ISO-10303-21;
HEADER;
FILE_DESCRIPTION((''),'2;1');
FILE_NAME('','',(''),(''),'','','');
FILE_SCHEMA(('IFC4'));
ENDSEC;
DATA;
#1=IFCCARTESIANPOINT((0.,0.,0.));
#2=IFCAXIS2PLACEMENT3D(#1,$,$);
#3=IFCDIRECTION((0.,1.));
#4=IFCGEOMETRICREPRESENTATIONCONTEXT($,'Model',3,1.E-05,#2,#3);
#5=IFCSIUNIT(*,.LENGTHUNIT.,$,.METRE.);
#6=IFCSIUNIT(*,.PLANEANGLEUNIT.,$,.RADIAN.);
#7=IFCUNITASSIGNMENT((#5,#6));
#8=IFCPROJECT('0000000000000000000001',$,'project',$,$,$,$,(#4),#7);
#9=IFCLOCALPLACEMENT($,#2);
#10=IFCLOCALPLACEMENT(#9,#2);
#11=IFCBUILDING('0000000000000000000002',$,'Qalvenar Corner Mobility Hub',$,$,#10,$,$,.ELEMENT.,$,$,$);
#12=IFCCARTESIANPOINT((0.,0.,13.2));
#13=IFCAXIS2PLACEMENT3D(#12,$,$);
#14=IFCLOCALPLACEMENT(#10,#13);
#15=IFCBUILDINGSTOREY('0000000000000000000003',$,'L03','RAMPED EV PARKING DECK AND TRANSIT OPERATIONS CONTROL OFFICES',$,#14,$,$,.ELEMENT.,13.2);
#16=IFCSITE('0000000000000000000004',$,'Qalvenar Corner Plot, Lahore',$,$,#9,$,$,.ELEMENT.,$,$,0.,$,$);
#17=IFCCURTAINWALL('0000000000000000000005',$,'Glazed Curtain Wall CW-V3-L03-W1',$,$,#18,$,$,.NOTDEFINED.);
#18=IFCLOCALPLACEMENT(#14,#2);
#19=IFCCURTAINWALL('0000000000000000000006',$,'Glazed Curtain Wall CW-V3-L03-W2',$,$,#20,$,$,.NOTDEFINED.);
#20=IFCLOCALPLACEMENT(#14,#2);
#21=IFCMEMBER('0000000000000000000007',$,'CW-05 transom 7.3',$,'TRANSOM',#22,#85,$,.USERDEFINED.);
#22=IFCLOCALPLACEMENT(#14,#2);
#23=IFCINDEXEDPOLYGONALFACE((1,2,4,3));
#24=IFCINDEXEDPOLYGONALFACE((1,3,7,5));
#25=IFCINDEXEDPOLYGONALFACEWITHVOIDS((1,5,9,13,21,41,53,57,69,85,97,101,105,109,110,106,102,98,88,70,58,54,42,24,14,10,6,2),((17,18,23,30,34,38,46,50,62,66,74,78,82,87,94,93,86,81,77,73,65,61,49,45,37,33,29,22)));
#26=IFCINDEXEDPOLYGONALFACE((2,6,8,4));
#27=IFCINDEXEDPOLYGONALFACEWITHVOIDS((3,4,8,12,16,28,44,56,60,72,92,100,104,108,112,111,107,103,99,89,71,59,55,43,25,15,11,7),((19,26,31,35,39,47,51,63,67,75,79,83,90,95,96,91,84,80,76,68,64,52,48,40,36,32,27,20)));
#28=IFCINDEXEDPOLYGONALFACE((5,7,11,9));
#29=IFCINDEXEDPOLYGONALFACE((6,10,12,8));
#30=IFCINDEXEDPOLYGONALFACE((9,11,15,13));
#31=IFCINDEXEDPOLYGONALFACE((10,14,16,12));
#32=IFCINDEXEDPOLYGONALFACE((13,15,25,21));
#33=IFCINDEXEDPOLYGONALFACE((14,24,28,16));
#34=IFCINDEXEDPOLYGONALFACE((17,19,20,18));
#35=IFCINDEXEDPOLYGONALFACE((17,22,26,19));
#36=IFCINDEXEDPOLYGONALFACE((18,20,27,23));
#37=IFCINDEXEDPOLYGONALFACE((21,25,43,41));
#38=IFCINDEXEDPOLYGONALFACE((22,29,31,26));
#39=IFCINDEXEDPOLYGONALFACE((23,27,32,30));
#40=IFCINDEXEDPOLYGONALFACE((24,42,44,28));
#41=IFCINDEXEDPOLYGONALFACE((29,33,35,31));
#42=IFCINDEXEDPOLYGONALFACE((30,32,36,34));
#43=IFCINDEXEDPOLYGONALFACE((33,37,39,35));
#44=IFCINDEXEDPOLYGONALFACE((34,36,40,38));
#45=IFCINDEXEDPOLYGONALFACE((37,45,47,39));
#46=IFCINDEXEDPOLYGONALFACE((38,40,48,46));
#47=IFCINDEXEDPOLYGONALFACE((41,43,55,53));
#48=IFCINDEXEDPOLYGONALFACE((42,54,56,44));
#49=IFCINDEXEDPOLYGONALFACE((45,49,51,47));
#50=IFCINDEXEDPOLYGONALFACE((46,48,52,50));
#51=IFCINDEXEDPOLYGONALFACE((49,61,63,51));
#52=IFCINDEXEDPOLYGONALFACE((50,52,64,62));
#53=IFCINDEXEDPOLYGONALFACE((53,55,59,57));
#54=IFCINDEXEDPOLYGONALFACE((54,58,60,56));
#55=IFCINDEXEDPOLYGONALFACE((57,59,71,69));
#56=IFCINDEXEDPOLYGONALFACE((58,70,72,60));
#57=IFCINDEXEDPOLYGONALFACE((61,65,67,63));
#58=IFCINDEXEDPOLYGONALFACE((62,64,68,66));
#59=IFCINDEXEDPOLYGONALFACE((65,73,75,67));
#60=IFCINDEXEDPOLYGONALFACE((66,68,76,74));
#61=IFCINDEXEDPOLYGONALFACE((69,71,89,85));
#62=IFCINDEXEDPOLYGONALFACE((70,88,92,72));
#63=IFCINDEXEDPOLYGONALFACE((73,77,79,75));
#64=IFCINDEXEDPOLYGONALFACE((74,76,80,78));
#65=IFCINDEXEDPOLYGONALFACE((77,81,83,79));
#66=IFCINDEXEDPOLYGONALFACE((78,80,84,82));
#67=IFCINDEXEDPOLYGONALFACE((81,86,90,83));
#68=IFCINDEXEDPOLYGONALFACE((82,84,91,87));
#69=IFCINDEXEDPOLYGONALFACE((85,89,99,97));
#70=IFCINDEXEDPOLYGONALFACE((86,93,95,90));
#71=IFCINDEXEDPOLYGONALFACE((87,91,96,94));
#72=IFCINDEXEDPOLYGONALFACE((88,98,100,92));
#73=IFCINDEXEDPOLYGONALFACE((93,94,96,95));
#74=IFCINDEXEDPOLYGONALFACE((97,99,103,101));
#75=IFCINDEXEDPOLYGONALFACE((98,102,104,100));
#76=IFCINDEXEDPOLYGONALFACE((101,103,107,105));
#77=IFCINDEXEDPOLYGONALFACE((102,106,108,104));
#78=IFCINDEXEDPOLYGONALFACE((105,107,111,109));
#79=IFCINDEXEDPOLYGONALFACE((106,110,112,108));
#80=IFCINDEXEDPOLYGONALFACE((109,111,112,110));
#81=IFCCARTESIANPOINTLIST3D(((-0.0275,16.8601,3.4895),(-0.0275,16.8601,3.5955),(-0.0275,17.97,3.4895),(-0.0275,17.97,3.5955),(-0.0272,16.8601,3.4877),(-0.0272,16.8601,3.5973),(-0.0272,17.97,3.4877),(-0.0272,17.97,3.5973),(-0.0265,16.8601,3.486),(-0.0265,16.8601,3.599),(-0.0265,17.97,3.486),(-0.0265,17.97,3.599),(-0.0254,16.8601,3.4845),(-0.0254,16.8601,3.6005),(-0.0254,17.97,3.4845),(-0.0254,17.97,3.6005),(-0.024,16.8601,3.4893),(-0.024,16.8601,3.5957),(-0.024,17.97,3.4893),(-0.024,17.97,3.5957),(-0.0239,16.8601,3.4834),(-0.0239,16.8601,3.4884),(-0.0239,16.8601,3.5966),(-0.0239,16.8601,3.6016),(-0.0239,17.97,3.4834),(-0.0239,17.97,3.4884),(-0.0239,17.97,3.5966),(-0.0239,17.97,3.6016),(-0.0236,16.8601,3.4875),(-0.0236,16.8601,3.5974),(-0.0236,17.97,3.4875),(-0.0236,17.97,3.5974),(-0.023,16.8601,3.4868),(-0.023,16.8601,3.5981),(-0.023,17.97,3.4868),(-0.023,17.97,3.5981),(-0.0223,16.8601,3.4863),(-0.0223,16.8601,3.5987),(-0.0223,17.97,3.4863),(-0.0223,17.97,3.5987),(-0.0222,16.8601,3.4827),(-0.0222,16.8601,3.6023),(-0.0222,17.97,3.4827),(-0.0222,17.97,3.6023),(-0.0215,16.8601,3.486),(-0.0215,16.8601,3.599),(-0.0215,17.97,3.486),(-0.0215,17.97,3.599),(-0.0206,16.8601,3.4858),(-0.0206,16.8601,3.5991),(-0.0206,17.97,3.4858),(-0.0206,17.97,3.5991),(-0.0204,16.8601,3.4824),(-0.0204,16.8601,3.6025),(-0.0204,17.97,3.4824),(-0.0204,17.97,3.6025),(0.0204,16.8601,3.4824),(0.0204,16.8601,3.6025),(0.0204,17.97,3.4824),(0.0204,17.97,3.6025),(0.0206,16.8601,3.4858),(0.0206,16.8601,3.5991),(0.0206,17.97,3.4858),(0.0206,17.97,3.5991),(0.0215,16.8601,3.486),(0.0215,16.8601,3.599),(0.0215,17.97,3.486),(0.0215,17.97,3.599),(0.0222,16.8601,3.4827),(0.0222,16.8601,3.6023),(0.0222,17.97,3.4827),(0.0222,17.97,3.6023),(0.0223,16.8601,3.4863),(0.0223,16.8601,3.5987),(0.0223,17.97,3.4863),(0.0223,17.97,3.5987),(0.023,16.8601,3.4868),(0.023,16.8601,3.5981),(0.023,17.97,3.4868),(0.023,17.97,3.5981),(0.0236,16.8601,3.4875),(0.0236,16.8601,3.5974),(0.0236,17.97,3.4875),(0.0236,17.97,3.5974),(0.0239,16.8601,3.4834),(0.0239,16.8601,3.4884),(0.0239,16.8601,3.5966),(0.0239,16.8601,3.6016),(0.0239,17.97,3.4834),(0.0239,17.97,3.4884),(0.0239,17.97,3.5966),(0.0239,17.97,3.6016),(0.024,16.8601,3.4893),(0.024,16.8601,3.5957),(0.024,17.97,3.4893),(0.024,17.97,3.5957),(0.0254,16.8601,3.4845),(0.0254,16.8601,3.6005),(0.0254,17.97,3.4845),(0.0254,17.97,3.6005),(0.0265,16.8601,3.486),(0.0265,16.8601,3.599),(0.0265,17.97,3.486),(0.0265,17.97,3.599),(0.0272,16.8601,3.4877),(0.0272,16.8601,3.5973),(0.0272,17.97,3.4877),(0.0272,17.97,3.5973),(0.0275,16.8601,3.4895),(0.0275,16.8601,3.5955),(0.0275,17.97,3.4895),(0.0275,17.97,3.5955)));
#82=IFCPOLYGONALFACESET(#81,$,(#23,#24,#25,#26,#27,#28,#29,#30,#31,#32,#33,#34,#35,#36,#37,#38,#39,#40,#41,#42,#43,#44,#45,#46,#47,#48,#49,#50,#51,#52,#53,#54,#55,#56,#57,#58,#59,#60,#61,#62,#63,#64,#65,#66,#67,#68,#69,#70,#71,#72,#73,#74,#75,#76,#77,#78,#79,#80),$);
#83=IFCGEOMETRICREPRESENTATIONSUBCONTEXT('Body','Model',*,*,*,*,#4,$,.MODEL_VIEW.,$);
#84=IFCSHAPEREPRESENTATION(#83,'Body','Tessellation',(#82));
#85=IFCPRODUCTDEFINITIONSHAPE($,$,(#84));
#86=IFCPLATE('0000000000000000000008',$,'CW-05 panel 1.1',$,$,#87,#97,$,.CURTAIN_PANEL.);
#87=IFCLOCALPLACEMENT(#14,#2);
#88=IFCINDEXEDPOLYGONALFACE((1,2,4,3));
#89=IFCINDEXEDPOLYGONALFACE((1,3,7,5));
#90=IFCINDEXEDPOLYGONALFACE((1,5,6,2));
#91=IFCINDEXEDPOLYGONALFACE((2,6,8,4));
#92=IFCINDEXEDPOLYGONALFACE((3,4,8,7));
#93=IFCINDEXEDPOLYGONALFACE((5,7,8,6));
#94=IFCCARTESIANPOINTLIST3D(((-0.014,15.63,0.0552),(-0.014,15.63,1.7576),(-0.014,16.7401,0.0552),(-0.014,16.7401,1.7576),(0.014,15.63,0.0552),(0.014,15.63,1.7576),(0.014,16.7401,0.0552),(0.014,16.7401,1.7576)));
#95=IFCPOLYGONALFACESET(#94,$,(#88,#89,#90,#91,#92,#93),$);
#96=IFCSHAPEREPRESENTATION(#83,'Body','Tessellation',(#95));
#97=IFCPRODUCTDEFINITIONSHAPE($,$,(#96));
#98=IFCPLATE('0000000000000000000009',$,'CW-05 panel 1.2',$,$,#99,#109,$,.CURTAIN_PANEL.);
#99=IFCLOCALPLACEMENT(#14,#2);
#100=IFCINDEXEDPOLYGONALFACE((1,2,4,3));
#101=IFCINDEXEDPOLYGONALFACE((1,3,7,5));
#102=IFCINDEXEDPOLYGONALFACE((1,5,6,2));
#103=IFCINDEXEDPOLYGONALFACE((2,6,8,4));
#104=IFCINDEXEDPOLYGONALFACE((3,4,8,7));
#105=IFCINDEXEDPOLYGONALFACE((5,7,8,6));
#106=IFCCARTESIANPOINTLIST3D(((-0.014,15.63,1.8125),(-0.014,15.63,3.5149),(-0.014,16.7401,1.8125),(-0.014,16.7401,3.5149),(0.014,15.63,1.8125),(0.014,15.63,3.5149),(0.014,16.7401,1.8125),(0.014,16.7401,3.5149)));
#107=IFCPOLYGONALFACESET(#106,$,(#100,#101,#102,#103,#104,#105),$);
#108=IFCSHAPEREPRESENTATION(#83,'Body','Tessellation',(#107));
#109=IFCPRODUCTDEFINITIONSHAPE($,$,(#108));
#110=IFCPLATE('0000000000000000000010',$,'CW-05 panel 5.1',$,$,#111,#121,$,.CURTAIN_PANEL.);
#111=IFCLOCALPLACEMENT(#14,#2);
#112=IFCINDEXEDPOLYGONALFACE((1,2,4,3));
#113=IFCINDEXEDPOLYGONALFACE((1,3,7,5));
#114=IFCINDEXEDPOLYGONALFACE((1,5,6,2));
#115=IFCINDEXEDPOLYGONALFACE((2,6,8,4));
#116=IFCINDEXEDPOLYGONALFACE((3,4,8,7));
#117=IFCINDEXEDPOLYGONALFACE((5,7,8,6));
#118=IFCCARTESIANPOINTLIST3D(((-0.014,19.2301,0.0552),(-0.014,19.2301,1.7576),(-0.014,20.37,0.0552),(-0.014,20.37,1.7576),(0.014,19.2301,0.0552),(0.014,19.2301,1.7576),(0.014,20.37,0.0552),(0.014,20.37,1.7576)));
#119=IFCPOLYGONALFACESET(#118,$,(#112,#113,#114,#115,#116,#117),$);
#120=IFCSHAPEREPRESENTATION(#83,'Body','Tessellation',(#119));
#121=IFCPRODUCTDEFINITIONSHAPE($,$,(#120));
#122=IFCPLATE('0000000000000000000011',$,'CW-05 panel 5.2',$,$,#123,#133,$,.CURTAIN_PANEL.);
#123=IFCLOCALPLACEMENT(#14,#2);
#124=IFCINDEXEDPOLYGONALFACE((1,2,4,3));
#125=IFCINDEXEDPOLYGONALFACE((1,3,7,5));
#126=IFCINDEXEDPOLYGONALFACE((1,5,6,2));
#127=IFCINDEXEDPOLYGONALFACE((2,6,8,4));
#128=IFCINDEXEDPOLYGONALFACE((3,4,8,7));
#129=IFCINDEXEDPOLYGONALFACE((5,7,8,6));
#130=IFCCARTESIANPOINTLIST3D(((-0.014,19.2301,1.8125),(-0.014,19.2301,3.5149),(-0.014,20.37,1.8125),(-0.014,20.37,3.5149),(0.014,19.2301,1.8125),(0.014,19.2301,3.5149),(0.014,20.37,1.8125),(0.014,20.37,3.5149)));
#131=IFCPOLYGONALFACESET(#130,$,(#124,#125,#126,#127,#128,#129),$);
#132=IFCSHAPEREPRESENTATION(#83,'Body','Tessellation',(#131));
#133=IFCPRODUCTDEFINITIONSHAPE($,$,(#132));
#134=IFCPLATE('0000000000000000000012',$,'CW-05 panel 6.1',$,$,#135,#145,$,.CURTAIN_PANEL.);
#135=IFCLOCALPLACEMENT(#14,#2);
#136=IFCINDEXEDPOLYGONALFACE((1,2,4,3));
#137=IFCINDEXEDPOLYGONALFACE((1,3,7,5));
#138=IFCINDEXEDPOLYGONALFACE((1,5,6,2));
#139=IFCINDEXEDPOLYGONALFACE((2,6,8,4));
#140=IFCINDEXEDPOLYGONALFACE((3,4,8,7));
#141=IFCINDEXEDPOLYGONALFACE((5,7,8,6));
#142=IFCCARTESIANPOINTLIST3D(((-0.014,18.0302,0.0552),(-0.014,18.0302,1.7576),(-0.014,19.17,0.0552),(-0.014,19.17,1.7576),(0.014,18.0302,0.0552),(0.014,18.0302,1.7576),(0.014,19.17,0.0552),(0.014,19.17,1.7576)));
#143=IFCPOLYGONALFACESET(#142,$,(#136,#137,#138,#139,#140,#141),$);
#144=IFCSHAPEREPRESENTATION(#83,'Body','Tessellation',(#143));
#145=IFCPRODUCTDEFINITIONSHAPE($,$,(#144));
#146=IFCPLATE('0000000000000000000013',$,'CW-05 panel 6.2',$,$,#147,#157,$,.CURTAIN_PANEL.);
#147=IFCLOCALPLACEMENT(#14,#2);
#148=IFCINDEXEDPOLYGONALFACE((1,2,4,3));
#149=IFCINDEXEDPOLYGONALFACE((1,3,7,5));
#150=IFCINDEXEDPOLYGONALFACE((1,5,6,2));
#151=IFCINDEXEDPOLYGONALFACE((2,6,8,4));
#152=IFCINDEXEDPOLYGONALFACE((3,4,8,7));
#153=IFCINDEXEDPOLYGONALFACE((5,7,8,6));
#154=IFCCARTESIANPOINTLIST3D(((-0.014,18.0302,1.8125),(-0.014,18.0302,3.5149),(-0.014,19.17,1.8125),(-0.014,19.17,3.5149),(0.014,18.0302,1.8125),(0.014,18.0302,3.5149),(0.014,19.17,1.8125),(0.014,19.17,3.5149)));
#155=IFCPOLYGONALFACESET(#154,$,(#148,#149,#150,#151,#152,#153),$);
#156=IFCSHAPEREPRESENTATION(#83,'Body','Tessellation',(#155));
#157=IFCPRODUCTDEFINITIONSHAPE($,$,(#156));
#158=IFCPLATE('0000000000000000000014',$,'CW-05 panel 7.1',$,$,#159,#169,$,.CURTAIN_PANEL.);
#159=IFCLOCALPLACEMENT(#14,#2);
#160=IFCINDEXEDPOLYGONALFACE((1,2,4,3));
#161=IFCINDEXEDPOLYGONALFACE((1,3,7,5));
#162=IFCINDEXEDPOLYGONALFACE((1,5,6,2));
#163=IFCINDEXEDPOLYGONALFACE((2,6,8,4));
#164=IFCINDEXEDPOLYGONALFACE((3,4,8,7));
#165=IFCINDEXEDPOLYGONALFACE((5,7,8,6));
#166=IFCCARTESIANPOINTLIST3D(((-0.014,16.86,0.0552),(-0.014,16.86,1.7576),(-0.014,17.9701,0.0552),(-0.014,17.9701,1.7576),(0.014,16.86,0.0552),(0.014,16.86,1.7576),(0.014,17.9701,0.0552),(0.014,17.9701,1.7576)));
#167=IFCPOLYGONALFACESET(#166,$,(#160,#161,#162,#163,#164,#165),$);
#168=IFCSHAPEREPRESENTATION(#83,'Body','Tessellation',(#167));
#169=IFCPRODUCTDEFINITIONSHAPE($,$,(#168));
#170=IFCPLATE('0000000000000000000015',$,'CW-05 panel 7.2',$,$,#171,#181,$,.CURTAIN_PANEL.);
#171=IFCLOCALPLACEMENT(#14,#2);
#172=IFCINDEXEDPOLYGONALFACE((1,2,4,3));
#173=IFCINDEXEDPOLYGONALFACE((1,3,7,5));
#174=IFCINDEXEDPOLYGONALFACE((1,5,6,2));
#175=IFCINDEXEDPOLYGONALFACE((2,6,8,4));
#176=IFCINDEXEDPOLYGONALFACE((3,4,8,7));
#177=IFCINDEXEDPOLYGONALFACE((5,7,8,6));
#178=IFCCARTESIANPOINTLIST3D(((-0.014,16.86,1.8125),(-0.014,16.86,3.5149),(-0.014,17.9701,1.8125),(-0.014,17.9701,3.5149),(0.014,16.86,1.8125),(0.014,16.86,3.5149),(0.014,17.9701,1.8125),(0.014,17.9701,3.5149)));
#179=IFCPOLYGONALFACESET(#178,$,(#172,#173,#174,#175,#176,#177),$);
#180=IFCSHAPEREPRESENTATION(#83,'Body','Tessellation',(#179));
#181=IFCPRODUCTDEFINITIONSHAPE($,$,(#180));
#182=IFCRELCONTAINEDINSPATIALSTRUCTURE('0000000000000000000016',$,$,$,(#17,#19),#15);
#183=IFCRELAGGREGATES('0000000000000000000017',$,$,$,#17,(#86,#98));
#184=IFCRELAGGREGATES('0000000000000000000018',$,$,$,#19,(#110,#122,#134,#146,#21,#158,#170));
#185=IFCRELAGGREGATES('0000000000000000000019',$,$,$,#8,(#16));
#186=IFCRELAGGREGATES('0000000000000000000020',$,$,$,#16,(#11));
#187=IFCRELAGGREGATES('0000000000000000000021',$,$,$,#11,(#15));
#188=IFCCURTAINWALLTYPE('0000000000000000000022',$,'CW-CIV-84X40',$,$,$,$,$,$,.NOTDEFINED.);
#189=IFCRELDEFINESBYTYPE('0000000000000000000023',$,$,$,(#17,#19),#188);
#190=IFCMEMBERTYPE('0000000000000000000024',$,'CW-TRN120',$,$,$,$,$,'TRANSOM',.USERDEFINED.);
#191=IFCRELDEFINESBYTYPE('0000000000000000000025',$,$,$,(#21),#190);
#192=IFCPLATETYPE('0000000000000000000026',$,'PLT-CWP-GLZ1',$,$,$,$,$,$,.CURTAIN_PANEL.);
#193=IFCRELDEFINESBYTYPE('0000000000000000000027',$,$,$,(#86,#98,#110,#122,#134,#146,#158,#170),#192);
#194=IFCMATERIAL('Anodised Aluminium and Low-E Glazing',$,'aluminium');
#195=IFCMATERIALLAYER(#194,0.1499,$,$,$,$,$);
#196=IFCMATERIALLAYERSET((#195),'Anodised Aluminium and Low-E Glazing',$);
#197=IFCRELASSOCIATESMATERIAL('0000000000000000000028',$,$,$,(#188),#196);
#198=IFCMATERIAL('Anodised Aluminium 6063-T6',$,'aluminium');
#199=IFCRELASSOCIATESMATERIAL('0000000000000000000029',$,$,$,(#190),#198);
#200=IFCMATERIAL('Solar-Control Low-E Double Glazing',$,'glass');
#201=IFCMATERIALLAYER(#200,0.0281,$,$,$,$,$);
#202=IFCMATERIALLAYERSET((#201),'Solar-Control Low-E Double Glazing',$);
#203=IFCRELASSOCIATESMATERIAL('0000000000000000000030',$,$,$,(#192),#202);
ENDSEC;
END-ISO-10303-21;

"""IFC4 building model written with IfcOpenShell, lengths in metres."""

from ifc_helpers import new_model, si_unit, direction, frame, origin, origin_2d, place, context, subcontext, project, spatial, rectangle, hollow_rectangle, extrude, material, layer, layer_set, material_profile, profile_set, type_object, element, aggregate, save


model = new_model("IFC4")

# Units and contexts
model_context = context("Model", 3, precision=1e-05, world=origin(), true_north=direction((0.0, 1.0)))
body_context = subcontext(model_context, "Body", "Model", "MODEL_VIEW")
ifc_project = project(units=[si_unit("LENGTHUNIT", "METRE"), si_unit("PLANEANGLEUNIT", "RADIAN")], contexts=[model_context])

# Site, building, storey
site_placement = place(None, origin())
site = spatial("IfcSite", under=ifc_project, at=site_placement, Name="Qalvenar Corner Plot, Lahore", CompositionType="ELEMENT", RefElevation=0.0)
building_placement = place(site_placement, origin())
building = spatial("IfcBuilding", under=site, at=building_placement, Name="Qalvenar Corner Mobility Hub", CompositionType="ELEMENT")
storey_placement = place(building_placement, frame((0.0, 0.0, 13.2)))
storey = spatial("IfcBuildingStorey", under=building, at=storey_placement, Name="L03", Description="RAMPED EV PARKING DECK AND TRANSIT OPERATIONS CONTROL OFFICES", CompositionType="ELEMENT", Elevation=13.2)

# Curtain walls
ifc_material_1 = material(Name="Anodised Aluminium and Low-E Glazing", Category="aluminium")
ifc_layer_1 = layer(ifc_material_1, 0.1499)
ifc_layer_set_1 = layer_set([ifc_layer_1], Name="Anodised Aluminium and Low-E Glazing")
curtain_wall_type = type_object("IfcCurtainWallType", Name="CW-CIV-84X40", PredefinedType="NOTDEFINED", material=ifc_layer_set_1)
curtain_wall_1_placement = place(storey_placement, origin())
curtain_wall_1 = element("IfcCurtainWall", 1, at=curtain_wall_1_placement, inside=storey, type_object=curtain_wall_type, Name="Glazed Curtain Wall CW-V3-L03-W1", PredefinedType="NOTDEFINED")
ifc_material_2 = material(Name="Anodised Aluminium 6063-T6", Category="aluminium")
curtain_wall_2_placement = place(storey_placement, origin())
curtain_wall_2 = element("IfcCurtainWall", 2, at=curtain_wall_2_placement, inside=storey, type_object=curtain_wall_type, Name="Glazed Curtain Wall CW-V3-L03-W2", PredefinedType="NOTDEFINED")

# Member
ifc_material_profile_1 = material_profile(ifc_material_2, hollow_rectangle(XDim=0.0549, YDim=0.1201, WallThickness=0.0034, InnerFilletRadius=0.0034, OuterFilletRadius=0.0071, at=origin_2d()), Name="RHS120x55x3.5")
ifc_profile_set_1 = profile_set([ifc_material_profile_1], Name="Anodised Aluminium 6063-T6")
member_type_1 = type_object("IfcMemberType", Name="CW-TRN120", ElementType="TRANSOM", PredefinedType="USERDEFINED", material=ifc_profile_set_1)
member_1_placement = place(storey_placement, frame((0.0, 17.97, 3.5425), z_axis=(0.0, -1.0, 0.0), x_axis=(1.0, 0.0, 0.0)))
member_1 = element("IfcMember", 3, at=member_1_placement, type_object=member_type_1, Name="CW-05 transom 7.3", ObjectType="TRANSOM", PredefinedType="USERDEFINED", context=body_context, shape_type="SweptSolid", body=[
    extrude(hollow_rectangle(XDim=0.0549, YDim=0.1201, WallThickness=0.0034, InnerFilletRadius=0.0034, OuterFilletRadius=0.0071, at=origin_2d()), origin(), (0.0, 0.0, 1.0), 1.1099),
])

# Plates
ifc_material_3 = material(Name="Solar-Control Low-E Double Glazing", Category="glass")
ifc_layer_2 = layer(ifc_material_3, 0.0281)
ifc_layer_set_2 = layer_set([ifc_layer_2], Name="Solar-Control Low-E Double Glazing")
plate_type = type_object("IfcPlateType", Name="PLT-CWP-GLZ1", PredefinedType="CURTAIN_PANEL", material=ifc_layer_set_2)
plate_1_placement = place(storey_placement, frame((0.0, 16.1851, 0.0552), z_axis=(0.0, 0.0, 1.0), x_axis=(0.0, -1.0, 0.0)))
plate_1 = element("IfcPlate", 4, at=plate_1_placement, type_object=plate_type, Name="CW-05 panel 1.1", PredefinedType="CURTAIN_PANEL", context=body_context, shape_type="SweptSolid", body=[
    extrude(rectangle(XDim=1.1101, YDim=0.0281, at=origin_2d()), origin(), (0.0, 0.0, 1.0), 1.7024),
])
plate_2_placement = place(storey_placement, frame((0.0, 16.1851, 1.8125), z_axis=(0.0, 0.0, 1.0), x_axis=(0.0, -1.0, 0.0)))
plate_2 = element("IfcPlate", 5, at=plate_2_placement, type_object=plate_type, Name="CW-05 panel 1.2", PredefinedType="CURTAIN_PANEL", context=body_context, shape_type="SweptSolid", body=[
    extrude(rectangle(XDim=1.1101, YDim=0.0281, at=origin_2d()), origin(), (0.0, 0.0, 1.0), 1.7024),
])
aggregate(curtain_wall_1, [plate_1, plate_2])
plate_3_placement = place(storey_placement, frame((0.0, 19.8, 0.0552), z_axis=(0.0, 0.0, 1.0), x_axis=(0.0, -1.0, 0.0)))
plate_3 = element("IfcPlate", 6, at=plate_3_placement, type_object=plate_type, Name="CW-05 panel 5.1", PredefinedType="CURTAIN_PANEL", context=body_context, shape_type="SweptSolid", body=[
    extrude(rectangle(XDim=1.1399, YDim=0.0281, at=origin_2d()), origin(), (0.0, 0.0, 1.0), 1.7024),
])
plate_4_placement = place(storey_placement, frame((0.0, 19.8, 1.8125), z_axis=(0.0, 0.0, 1.0), x_axis=(0.0, -1.0, 0.0)))
plate_4 = element("IfcPlate", 7, at=plate_4_placement, type_object=plate_type, Name="CW-05 panel 5.2", PredefinedType="CURTAIN_PANEL", context=body_context, shape_type="SweptSolid", body=[
    extrude(rectangle(XDim=1.1399, YDim=0.0281, at=origin_2d()), origin(), (0.0, 0.0, 1.0), 1.7024),
])
plate_5_placement = place(storey_placement, frame((0.0, 18.6001, 0.0552), z_axis=(0.0, 0.0, 1.0), x_axis=(0.0, -1.0, 0.0)))
plate_5 = element("IfcPlate", 8, at=plate_5_placement, type_object=plate_type, Name="CW-05 panel 6.1", PredefinedType="CURTAIN_PANEL", context=body_context, shape_type="SweptSolid", body=[
    extrude(rectangle(XDim=1.1399, YDim=0.0281, at=origin_2d()), origin(), (0.0, 0.0, 1.0), 1.7024),
])
plate_6_placement = place(storey_placement, frame((0.0, 18.6001, 1.8125), z_axis=(0.0, 0.0, 1.0), x_axis=(0.0, -1.0, 0.0)))
plate_6 = element("IfcPlate", 9, at=plate_6_placement, type_object=plate_type, Name="CW-05 panel 6.2", PredefinedType="CURTAIN_PANEL", context=body_context, shape_type="SweptSolid", body=[
    extrude(rectangle(XDim=1.1399, YDim=0.0281, at=origin_2d()), origin(), (0.0, 0.0, 1.0), 1.7024),
])
plate_7_placement = place(storey_placement, frame((0.0, 17.415, 0.0552), z_axis=(0.0, 0.0, 1.0), x_axis=(0.0, -1.0, 0.0)))
plate_7 = element("IfcPlate", 10, at=plate_7_placement, type_object=plate_type, Name="CW-05 panel 7.1", PredefinedType="CURTAIN_PANEL", context=body_context, shape_type="SweptSolid", body=[
    extrude(rectangle(XDim=1.1101, YDim=0.0281, at=origin_2d()), origin(), (0.0, 0.0, 1.0), 1.7024),
])
plate_8_placement = place(storey_placement, frame((0.0, 17.415, 1.8125), z_axis=(0.0, 0.0, 1.0), x_axis=(0.0, -1.0, 0.0)))
plate_8 = element("IfcPlate", 11, at=plate_8_placement, type_object=plate_type, Name="CW-05 panel 7.2", PredefinedType="CURTAIN_PANEL", context=body_context, shape_type="SweptSolid", body=[
    extrude(rectangle(XDim=1.1101, YDim=0.0281, at=origin_2d()), origin(), (0.0, 0.0, 1.0), 1.7024),
])
aggregate(curtain_wall_2, [plate_3, plate_4, plate_5, plate_6, member_1, plate_7, plate_8])

save(model, "model.ifc")
